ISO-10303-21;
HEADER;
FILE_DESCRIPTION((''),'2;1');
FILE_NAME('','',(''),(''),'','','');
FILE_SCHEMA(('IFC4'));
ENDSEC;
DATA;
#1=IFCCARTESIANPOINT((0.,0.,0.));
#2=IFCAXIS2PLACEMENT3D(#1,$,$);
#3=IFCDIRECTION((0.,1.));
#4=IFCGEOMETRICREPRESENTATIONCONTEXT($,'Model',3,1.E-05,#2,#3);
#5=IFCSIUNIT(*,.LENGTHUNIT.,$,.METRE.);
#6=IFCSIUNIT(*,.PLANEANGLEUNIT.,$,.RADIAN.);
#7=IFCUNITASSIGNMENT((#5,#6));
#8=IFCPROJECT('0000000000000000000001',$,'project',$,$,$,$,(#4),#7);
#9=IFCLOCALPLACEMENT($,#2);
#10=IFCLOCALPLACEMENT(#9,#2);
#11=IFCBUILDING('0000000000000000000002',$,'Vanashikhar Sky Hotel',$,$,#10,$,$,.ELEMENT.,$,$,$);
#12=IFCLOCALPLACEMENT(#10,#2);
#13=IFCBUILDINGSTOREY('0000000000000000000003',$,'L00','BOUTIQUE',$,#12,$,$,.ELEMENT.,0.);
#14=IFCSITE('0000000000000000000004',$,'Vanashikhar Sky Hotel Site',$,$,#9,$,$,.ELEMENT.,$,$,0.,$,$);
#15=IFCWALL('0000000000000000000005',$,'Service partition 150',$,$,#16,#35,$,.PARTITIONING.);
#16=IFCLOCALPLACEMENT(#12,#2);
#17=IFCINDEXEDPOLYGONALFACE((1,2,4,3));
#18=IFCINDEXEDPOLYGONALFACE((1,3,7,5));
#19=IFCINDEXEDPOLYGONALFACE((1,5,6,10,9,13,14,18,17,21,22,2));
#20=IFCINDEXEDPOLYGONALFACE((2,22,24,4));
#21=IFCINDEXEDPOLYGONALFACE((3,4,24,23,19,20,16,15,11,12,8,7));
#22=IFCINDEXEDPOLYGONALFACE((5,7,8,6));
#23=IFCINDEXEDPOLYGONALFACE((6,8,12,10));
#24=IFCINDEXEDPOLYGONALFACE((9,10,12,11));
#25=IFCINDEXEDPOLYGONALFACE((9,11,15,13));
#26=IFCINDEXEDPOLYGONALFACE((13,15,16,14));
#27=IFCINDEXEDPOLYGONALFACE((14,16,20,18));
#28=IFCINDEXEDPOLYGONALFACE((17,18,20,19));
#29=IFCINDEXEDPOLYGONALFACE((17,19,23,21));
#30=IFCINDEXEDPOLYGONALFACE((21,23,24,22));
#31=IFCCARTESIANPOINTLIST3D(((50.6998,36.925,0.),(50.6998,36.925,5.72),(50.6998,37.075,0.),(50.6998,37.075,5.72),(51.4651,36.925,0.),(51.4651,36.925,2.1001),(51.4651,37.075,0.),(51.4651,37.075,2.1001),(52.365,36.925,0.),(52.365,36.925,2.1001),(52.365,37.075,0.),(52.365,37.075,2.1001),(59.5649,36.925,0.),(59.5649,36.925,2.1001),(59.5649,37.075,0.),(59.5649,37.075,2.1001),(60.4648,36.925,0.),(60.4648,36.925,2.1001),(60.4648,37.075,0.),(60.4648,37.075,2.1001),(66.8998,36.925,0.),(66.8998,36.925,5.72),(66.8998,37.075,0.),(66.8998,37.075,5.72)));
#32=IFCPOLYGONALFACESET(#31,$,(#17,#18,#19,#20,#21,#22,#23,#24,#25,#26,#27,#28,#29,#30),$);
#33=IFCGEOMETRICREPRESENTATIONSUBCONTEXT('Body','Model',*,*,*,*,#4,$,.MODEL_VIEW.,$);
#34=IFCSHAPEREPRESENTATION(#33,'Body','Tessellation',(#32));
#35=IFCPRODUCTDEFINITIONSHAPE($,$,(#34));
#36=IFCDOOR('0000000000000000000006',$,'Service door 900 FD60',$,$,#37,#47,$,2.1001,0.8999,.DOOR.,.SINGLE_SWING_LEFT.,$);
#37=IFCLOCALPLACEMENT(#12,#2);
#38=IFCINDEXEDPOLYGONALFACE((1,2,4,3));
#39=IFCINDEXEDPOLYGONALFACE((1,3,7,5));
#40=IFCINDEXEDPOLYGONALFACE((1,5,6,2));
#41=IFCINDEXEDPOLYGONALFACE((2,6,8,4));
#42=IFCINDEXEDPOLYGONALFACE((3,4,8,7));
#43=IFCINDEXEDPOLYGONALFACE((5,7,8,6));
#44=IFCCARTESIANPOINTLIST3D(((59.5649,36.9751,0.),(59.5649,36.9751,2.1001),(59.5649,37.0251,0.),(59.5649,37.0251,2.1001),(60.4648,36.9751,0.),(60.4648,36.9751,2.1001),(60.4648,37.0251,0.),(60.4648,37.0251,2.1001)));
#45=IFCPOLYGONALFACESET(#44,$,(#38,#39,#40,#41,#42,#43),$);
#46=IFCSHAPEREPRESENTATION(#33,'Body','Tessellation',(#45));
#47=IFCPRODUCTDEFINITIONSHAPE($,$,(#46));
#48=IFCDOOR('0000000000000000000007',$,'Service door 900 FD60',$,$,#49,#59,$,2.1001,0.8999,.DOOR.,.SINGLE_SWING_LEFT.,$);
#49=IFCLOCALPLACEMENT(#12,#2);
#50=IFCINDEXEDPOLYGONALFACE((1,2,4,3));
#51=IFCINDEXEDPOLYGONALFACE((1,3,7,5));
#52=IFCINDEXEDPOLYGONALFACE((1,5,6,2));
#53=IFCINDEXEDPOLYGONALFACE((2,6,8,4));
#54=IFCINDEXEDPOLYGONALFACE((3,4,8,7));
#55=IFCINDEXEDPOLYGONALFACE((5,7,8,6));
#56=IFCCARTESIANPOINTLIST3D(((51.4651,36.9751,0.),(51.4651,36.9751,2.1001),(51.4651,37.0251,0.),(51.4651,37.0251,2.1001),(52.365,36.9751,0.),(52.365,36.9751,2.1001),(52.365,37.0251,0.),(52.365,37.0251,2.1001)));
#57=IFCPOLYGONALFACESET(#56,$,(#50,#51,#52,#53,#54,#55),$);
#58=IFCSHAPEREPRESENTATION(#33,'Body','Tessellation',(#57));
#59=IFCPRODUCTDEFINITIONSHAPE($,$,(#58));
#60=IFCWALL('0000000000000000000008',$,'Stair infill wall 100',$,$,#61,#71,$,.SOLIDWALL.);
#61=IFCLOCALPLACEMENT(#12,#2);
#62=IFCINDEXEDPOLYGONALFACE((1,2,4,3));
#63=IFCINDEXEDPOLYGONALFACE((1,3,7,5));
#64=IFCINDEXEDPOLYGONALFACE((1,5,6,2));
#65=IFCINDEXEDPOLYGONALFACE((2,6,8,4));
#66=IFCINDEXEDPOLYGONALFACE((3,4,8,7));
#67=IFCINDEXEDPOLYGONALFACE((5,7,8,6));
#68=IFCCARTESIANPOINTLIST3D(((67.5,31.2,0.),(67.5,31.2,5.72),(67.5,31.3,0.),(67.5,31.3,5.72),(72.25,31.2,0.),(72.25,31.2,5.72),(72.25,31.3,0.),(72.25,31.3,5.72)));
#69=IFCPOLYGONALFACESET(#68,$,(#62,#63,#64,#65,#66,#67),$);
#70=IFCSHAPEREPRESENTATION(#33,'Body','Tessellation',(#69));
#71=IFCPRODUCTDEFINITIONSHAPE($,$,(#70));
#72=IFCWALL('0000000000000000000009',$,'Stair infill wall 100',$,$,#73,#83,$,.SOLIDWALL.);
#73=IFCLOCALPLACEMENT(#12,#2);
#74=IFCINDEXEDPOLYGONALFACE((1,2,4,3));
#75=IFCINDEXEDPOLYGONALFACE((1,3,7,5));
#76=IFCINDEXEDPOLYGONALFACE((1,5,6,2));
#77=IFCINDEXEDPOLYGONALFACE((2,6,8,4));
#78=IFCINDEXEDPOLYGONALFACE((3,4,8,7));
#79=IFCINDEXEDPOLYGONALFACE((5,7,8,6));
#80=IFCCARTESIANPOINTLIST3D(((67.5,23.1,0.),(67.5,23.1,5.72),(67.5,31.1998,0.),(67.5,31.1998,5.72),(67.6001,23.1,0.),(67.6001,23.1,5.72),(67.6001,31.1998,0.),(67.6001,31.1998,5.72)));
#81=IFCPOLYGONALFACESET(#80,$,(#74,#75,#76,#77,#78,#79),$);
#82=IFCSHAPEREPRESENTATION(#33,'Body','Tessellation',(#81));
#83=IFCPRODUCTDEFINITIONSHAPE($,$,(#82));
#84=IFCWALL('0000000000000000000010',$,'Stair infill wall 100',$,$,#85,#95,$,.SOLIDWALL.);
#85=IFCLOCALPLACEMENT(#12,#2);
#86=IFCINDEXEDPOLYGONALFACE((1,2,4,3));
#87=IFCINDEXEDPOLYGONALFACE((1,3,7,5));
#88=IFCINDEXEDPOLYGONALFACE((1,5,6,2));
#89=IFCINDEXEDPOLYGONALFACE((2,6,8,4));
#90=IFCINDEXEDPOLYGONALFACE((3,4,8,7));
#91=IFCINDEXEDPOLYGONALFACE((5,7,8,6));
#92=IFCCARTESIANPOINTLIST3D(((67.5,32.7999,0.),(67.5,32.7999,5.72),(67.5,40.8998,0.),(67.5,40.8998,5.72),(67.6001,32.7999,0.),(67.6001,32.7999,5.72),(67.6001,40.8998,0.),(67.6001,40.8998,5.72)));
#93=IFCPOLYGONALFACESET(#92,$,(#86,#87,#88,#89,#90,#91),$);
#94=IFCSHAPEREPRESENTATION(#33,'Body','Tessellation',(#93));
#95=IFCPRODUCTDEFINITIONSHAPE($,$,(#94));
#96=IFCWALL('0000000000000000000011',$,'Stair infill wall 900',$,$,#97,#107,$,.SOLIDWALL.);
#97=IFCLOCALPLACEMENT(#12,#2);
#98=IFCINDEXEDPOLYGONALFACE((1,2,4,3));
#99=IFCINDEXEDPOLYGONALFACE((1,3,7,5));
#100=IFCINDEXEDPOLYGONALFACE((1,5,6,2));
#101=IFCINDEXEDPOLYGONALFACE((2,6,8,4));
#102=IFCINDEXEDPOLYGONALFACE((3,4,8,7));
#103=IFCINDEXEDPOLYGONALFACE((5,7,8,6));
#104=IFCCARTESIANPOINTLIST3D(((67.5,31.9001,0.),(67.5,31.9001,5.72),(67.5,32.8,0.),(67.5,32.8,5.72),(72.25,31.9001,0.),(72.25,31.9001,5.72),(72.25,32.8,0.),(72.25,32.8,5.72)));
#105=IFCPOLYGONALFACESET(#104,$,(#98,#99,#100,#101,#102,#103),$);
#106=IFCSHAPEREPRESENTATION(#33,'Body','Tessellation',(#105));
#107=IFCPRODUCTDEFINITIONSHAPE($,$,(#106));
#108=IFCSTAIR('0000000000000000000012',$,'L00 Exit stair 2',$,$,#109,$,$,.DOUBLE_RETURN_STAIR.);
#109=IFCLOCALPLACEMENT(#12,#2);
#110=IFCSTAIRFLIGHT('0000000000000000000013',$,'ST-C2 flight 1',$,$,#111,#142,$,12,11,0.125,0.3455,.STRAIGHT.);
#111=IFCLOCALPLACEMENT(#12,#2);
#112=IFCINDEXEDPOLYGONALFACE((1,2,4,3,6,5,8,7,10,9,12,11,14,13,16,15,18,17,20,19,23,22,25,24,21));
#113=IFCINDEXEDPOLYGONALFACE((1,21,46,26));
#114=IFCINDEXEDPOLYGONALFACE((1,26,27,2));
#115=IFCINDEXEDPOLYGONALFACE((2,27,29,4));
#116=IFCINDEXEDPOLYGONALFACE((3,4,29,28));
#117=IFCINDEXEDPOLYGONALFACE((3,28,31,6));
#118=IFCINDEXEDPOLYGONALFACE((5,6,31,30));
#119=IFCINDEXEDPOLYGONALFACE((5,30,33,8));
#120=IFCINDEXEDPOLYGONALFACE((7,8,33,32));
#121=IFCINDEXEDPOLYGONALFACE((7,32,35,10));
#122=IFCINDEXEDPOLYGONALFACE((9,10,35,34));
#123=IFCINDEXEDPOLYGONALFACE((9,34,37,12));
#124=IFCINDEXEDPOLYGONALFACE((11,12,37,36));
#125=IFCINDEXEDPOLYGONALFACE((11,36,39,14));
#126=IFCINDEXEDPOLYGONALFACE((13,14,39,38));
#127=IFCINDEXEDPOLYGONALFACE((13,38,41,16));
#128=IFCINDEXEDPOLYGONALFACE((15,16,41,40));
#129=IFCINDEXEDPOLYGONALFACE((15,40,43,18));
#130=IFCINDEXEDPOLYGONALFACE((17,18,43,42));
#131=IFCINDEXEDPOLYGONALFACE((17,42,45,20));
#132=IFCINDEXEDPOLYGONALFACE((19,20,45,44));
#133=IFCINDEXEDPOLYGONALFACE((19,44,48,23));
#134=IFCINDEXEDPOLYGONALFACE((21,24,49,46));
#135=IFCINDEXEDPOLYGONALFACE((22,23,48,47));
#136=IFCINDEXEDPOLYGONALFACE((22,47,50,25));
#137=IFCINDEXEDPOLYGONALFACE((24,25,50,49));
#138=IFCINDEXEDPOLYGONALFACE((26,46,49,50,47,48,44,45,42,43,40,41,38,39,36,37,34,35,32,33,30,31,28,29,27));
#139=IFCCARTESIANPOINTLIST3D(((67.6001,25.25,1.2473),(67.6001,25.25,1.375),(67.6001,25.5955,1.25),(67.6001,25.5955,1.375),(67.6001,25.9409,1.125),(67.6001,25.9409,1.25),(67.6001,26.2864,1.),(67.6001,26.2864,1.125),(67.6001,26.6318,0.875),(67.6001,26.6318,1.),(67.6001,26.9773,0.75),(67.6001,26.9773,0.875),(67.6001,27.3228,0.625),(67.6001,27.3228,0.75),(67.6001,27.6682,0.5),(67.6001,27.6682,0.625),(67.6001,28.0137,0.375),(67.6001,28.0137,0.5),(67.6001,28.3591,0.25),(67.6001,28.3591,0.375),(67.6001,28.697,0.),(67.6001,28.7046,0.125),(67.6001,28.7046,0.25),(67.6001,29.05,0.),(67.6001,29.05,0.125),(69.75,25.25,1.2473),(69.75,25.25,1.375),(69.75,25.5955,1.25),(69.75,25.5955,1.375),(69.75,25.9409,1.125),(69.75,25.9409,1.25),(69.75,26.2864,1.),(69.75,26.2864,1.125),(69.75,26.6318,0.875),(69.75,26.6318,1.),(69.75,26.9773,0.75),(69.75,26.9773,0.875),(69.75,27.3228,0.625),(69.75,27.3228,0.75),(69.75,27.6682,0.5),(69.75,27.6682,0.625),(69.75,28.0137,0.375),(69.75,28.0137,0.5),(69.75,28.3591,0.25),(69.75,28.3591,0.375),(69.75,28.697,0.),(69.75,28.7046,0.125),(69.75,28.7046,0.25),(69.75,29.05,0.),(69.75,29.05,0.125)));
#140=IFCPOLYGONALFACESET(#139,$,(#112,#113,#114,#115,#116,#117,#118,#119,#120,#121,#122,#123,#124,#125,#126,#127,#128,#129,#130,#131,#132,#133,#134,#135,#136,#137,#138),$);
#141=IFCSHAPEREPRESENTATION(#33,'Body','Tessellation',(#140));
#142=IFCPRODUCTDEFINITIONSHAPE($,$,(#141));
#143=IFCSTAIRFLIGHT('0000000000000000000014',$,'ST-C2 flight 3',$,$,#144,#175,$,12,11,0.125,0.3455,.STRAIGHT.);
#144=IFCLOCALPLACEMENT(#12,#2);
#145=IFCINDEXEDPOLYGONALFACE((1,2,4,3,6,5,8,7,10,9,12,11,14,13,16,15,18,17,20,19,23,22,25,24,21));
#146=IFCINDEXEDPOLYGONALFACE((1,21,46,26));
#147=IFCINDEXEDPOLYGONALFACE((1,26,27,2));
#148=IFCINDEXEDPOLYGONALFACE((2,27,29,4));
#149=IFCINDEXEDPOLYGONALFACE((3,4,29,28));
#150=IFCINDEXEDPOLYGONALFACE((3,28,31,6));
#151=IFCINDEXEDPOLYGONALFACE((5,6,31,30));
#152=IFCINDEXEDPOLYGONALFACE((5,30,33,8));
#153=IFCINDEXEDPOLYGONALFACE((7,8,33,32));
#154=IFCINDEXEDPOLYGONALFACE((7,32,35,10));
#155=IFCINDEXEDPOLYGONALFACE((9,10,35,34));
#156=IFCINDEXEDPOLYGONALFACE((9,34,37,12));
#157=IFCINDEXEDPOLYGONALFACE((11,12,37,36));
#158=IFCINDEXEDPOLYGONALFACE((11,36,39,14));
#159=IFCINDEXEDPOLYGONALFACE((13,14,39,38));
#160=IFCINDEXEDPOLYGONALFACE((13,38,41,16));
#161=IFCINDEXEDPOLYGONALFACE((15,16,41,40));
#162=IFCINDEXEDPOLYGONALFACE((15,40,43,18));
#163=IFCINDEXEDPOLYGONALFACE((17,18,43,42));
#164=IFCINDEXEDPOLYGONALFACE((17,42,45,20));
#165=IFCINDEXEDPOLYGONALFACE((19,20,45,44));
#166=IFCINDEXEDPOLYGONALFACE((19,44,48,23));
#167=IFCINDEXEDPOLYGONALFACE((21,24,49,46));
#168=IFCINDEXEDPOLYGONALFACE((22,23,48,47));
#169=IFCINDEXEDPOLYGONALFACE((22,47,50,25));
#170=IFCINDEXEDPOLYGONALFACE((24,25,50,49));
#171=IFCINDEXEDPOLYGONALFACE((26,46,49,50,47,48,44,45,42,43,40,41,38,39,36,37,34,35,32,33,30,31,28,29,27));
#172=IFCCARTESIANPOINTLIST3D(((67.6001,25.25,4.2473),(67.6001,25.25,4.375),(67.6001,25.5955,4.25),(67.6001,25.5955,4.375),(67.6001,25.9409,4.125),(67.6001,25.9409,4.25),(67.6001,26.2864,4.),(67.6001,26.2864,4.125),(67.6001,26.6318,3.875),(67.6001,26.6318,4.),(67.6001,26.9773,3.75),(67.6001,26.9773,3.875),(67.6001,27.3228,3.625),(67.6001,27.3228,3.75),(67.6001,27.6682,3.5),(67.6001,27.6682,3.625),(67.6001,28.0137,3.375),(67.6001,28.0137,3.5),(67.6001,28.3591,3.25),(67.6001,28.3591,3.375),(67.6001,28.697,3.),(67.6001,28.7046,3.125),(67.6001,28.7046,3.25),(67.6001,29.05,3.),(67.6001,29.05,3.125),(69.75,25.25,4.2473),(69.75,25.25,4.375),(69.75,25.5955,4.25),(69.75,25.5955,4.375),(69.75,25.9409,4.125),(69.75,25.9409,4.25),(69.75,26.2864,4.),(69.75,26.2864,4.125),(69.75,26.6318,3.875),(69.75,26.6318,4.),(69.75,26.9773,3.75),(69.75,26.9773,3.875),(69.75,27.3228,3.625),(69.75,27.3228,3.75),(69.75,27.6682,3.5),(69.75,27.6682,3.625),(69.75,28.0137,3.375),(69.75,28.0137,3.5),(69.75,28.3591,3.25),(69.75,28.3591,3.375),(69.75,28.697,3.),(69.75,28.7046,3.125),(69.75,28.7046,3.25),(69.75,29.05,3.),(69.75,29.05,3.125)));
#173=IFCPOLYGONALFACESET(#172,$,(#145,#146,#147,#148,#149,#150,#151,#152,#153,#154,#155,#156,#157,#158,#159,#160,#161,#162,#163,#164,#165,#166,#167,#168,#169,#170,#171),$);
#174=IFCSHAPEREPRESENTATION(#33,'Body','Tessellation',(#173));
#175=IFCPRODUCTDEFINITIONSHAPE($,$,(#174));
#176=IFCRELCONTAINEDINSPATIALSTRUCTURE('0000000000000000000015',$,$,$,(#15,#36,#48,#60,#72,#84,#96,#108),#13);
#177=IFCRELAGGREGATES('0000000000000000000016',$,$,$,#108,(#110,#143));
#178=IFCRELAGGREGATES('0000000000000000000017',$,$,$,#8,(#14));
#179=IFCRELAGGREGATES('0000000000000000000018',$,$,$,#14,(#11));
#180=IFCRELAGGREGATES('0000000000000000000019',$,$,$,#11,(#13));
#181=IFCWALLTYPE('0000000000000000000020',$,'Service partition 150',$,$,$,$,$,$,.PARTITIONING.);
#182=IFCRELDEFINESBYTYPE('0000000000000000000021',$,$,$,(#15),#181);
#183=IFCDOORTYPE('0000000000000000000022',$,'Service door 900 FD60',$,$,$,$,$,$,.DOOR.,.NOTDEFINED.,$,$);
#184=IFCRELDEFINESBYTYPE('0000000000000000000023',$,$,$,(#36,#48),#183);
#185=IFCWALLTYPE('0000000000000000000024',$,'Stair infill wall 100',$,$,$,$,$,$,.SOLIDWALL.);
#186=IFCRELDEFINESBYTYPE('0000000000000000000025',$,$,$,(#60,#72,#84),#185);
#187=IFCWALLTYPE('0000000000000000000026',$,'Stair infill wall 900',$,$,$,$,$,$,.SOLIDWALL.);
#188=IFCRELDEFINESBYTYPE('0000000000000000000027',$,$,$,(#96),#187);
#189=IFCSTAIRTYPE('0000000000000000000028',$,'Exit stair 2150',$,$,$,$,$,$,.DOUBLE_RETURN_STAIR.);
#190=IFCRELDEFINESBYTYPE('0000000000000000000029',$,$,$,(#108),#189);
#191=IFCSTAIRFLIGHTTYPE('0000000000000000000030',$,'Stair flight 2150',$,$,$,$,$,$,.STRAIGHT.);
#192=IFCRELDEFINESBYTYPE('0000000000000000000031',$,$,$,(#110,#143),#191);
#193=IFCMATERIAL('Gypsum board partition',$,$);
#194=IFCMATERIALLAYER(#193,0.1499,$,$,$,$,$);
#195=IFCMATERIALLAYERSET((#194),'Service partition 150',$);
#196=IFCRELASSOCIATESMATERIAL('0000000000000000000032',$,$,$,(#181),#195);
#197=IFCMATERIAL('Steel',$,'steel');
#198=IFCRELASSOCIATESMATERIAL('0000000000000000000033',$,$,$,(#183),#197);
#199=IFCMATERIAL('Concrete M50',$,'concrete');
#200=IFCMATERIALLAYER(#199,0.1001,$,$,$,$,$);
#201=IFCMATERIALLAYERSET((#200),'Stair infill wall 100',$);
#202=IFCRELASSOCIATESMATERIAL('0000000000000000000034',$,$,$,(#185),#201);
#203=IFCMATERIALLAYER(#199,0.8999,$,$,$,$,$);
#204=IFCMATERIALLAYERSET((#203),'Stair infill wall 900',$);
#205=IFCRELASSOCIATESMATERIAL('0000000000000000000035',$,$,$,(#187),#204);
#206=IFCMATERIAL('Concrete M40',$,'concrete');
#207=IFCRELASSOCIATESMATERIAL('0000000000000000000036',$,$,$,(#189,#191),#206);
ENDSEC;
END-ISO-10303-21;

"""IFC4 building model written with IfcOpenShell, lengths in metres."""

from ifc_helpers import new_model, si_unit, direction, frame, frame_2d, origin, place, context, subcontext, project, spatial, polyline, rectangle, outline, extrude, source, transform, mapped, material, layer, layer_set, type_object, element, fill, aggregate, save


model = new_model("IFC4")

# Units and contexts
model_context = context("Model", 3, precision=1e-05, world=origin(), true_north=direction((0.0, 1.0)))
body_context = subcontext(model_context, "Body", "Model", "MODEL_VIEW")
ifc_project = project(units=[si_unit("LENGTHUNIT", "METRE"), si_unit("PLANEANGLEUNIT", "RADIAN")], contexts=[model_context])

# Site, building, storey
site_placement = place(None, origin())
site = spatial("IfcSite", under=ifc_project, at=site_placement, Name="Vanashikhar Sky Hotel Site", CompositionType="ELEMENT", RefElevation=0.0)
building_placement = place(site_placement, origin())
building = spatial("IfcBuilding", under=site, at=building_placement, Name="Vanashikhar Sky Hotel", CompositionType="ELEMENT")
storey_placement = place(building_placement, origin())
storey = spatial("IfcBuildingStorey", under=building, at=storey_placement, Name="L00", Description="BOUTIQUE", CompositionType="ELEMENT", Elevation=0.0)

# Wall, openings, doors
ifc_material_1 = material(Name="Concrete M40", Category="concrete")
ifc_material_2 = material(Name="Gypsum board partition")
ifc_layer_1 = layer(ifc_material_2, 0.1499)
ifc_layer_set_1 = layer_set([ifc_layer_1], Name="Service partition 150")
wall_type_1 = type_object("IfcWallType", Name="Service partition 150", PredefinedType="PARTITIONING", material=ifc_layer_set_1)
shared_shape_1 = source(origin(), body_context, "Body", "SweptSolid", [
    extrude(rectangle(XDim=0.8999, YDim=2.1001, at=frame_2d((0.45, 1.05))), frame((0.0, 0.085, 0.0), z_axis=(0.0, -1.0, 0.0), x_axis=(1.0, 0.0, 0.0)), (0.0, 0.0, 1.0), 0.1699),
])
ifc_material_3 = material(Name="Steel", Category="steel")
door_type_1 = type_object("IfcDoorType", Name="Service door 900 FD60", OperationType="NOTDEFINED", PredefinedType="DOOR", material=ifc_material_3)
shared_shape_2 = source(origin(), body_context, "Body", "SweptSolid", [
    extrude(rectangle(XDim=0.8999, YDim=2.1001, at=frame_2d((0.45, 1.05))), frame((0.0, 0.0249, 0.0), z_axis=(0.0, -1.0, 0.0), x_axis=(1.0, 0.0, 0.0)), (0.0, 0.0, 1.0), 0.05),
])
shared_shape_3 = source(origin(), body_context, "Body", "SweptSolid", [
    extrude(rectangle(XDim=16.2, YDim=0.1499, at=frame_2d((8.1001, 0.0))), origin(), (0.0, 0.0, 1.0), 5.72),
])
wall_1_placement = place(storey_placement, frame((66.8999, 37.0, 0.0), z_axis=(0.0, 0.0, 1.0), x_axis=(-1.0, 0.0, 0.0)))
wall_1 = element("IfcWall", 1, at=wall_1_placement, inside=storey, type_object=wall_type_1, Name="Service partition 150", PredefinedType="PARTITIONING", context=body_context, shape_type="MappedRepresentation", body=[
    mapped(shared_shape_3, transform((0.0, 0.0, 0.0), scale=1.0)),
])
opening_1_placement = place(wall_1_placement, frame((6.4351, 0.0, 0.0)))
opening_1 = element("IfcOpeningElement", 2, at=opening_1_placement, cuts=wall_1, PredefinedType="OPENING", context=body_context, shape_type="MappedRepresentation", body=[
    mapped(shared_shape_1, transform((0.0, 0.0, 0.0), scale=1.0)),
])
opening_2_placement = place(wall_1_placement, frame((14.5349, 0.0, 0.0)))
opening_2 = element("IfcOpeningElement", 3, at=opening_2_placement, cuts=wall_1, PredefinedType="OPENING", context=body_context, shape_type="MappedRepresentation", body=[
    mapped(shared_shape_1, transform((0.0, 0.0, 0.0), scale=1.0)),
])
door_1_placement = place(opening_1_placement, origin())
door_1 = element("IfcDoor", 4, at=door_1_placement, inside=storey, type_object=door_type_1, Name="Service door 900 FD60", OperationType="SINGLE_SWING_LEFT", OverallHeight=2.1001, OverallWidth=0.8999, PredefinedType="DOOR", context=body_context, shape_type="MappedRepresentation", body=[
    mapped(shared_shape_2, transform((0.0, 0.0, 0.0), scale=1.0)),
])
fill(opening_1, door_1)
door_2_placement = place(opening_2_placement, origin())
door_2 = element("IfcDoor", 5, at=door_2_placement, inside=storey, type_object=door_type_1, Name="Service door 900 FD60", OperationType="SINGLE_SWING_LEFT", OverallHeight=2.1001, OverallWidth=0.8999, PredefinedType="DOOR", context=body_context, shape_type="MappedRepresentation", body=[
    mapped(shared_shape_2, transform((0.0, 0.0, 0.0), scale=1.0)),
])
fill(opening_2, door_2)

# Walls
ifc_material_4 = material(Name="Concrete M50", Category="concrete")
ifc_layer_2 = layer(ifc_material_4, 0.1001)
ifc_layer_set_2 = layer_set([ifc_layer_2], Name="Stair infill wall 100")
wall_type_2 = type_object("IfcWallType", Name="Stair infill wall 100", PredefinedType="SOLIDWALL", material=ifc_layer_set_2)
shared_shape_4 = source(origin(), body_context, "Body", "SweptSolid", [
    extrude(rectangle(XDim=4.75, YDim=0.1001, at=frame_2d((2.375, 0.0))), origin(), (0.0, 0.0, 1.0), 5.72),
])
wall_2_placement = place(storey_placement, frame((67.5, 31.25, 0.0), z_axis=(0.0, 0.0, 1.0), x_axis=(1.0, 0.0, 0.0)))
element("IfcWall", 6, at=wall_2_placement, inside=storey, type_object=wall_type_2, Name="Stair infill wall 100", PredefinedType="SOLIDWALL", context=body_context, shape_type="MappedRepresentation", body=[
    mapped(shared_shape_4, transform((0.0, 0.0, 0.0), scale=1.0)),
])
shared_shape_5 = source(origin(), body_context, "Body", "SweptSolid", [
    extrude(rectangle(XDim=8.0999, YDim=0.1001, at=frame_2d((4.0498, 0.0))), origin(), (0.0, 0.0, 1.0), 5.72),
])
for number, where, z_axis, x_axis, name in (
    (7, (67.55, 23.1001, 0.0), (0.0, 0.0, 1.0), (0.0, 1.0, 0.0), "Stair infill wall 100"),
    (8, (67.55, 32.8, 0.0), (0.0, 0.0, 1.0), (0.0, 1.0, 0.0), "Stair infill wall 100"),
):
    element("IfcWall", number, at=place(storey_placement, frame(where, z_axis=z_axis, x_axis=x_axis)), inside=storey, type_object=wall_type_2, Name=name, PredefinedType="SOLIDWALL", context=body_context, shape_type="MappedRepresentation", body=[
        mapped(shared_shape_5, transform((0.0, 0.0, 0.0), scale=1.0)),
    ])
ifc_layer_3 = layer(ifc_material_4, 0.8999)
ifc_layer_set_3 = layer_set([ifc_layer_3], Name="Stair infill wall 900")
wall_type_3 = type_object("IfcWallType", Name="Stair infill wall 900", PredefinedType="SOLIDWALL", material=ifc_layer_set_3)
shared_shape_6 = source(origin(), body_context, "Body", "SweptSolid", [
    extrude(rectangle(XDim=4.75, YDim=0.8999, at=frame_2d((2.375, 0.0))), origin(), (0.0, 0.0, 1.0), 5.72),
])
wall_3_placement = place(storey_placement, frame((67.5, 32.3501, 0.0), z_axis=(0.0, 0.0, 1.0), x_axis=(1.0, 0.0, 0.0)))
element("IfcWall", 9, at=wall_3_placement, inside=storey, type_object=wall_type_3, Name="Stair infill wall 900", PredefinedType="SOLIDWALL", context=body_context, shape_type="MappedRepresentation", body=[
    mapped(shared_shape_6, transform((0.0, 0.0, 0.0), scale=1.0)),
])

# Stair, stair flights
stair_type = type_object("IfcStairType", Name="Exit stair 2150", PredefinedType="DOUBLE_RETURN_STAIR", material=ifc_material_1)
stair_1_placement = place(storey_placement, origin())
stair_1 = element("IfcStair", 10, at=stair_1_placement, inside=storey, type_object=stair_type, Name="L00 Exit stair 2", PredefinedType="DOUBLE_RETURN_STAIR")
stair_flight_type = type_object("IfcStairFlightType", Name="Stair flight 2150", PredefinedType="STRAIGHT", material=ifc_material_1)
shared_shape_7 = source(origin(), body_context, "Body", "SweptSolid", [
    extrude(outline(polyline([(0.0, 0.0), (0.0, 0.125), (0.3455, 0.125), (0.3455, 0.25), (0.6909, 0.25), (0.6909, 0.375), (1.0364, 0.375), (1.0364, 0.5), (1.3818, 0.5), (1.3818, 0.625), (1.7273, 0.625), (1.7273, 0.75), (2.0728, 0.75), (2.0728, 0.875), (2.4182, 0.875), (2.4182, 1.0), (2.7637, 1.0), (2.7637, 1.125), (3.1091, 1.125), (3.1091, 1.25), (3.4546, 1.25), (3.4546, 1.375), (3.8, 1.375), (3.8, 1.5), (3.8, 1.2473), (0.353, 0.0), (0.0, 0.0)])), frame((0.0, 1.075, 0.0), z_axis=(0.0, -1.0, 0.0), x_axis=(1.0, 0.0, 0.0)), (0.0, 0.0, 1.0), 2.1499),
])
stair_flight_1_placement = place(storey_placement, frame((68.675, 29.05, 0.0), z_axis=(0.0, 0.0, 1.0), x_axis=(0.0, -1.0, 0.0)))
stair_flight_1 = element("IfcStairFlight", 11, at=stair_flight_1_placement, type_object=stair_flight_type, Name="ST-C2 flight 1", NumberOfRisers=12, NumberOfTreads=11, PredefinedType="STRAIGHT", RiserHeight=0.125, TreadLength=0.3455, context=body_context, shape_type="MappedRepresentation", body=[
    mapped(shared_shape_7, transform((0.0, 0.0, 0.0), scale=1.0)),
])
stair_flight_2_placement = place(storey_placement, frame((68.675, 29.05, 3.0), z_axis=(0.0, 0.0, 1.0), x_axis=(0.0, -1.0, 0.0)))
stair_flight_2 = element("IfcStairFlight", 12, at=stair_flight_2_placement, type_object=stair_flight_type, Name="ST-C2 flight 3", NumberOfRisers=12, NumberOfTreads=11, PredefinedType="STRAIGHT", RiserHeight=0.125, TreadLength=0.3455, context=body_context, shape_type="MappedRepresentation", body=[
    mapped(shared_shape_7, transform((0.0, 0.0, 0.0), scale=1.0)),
])
aggregate(stair_1, [stair_flight_1, stair_flight_2])

save(model, "model.ifc")
